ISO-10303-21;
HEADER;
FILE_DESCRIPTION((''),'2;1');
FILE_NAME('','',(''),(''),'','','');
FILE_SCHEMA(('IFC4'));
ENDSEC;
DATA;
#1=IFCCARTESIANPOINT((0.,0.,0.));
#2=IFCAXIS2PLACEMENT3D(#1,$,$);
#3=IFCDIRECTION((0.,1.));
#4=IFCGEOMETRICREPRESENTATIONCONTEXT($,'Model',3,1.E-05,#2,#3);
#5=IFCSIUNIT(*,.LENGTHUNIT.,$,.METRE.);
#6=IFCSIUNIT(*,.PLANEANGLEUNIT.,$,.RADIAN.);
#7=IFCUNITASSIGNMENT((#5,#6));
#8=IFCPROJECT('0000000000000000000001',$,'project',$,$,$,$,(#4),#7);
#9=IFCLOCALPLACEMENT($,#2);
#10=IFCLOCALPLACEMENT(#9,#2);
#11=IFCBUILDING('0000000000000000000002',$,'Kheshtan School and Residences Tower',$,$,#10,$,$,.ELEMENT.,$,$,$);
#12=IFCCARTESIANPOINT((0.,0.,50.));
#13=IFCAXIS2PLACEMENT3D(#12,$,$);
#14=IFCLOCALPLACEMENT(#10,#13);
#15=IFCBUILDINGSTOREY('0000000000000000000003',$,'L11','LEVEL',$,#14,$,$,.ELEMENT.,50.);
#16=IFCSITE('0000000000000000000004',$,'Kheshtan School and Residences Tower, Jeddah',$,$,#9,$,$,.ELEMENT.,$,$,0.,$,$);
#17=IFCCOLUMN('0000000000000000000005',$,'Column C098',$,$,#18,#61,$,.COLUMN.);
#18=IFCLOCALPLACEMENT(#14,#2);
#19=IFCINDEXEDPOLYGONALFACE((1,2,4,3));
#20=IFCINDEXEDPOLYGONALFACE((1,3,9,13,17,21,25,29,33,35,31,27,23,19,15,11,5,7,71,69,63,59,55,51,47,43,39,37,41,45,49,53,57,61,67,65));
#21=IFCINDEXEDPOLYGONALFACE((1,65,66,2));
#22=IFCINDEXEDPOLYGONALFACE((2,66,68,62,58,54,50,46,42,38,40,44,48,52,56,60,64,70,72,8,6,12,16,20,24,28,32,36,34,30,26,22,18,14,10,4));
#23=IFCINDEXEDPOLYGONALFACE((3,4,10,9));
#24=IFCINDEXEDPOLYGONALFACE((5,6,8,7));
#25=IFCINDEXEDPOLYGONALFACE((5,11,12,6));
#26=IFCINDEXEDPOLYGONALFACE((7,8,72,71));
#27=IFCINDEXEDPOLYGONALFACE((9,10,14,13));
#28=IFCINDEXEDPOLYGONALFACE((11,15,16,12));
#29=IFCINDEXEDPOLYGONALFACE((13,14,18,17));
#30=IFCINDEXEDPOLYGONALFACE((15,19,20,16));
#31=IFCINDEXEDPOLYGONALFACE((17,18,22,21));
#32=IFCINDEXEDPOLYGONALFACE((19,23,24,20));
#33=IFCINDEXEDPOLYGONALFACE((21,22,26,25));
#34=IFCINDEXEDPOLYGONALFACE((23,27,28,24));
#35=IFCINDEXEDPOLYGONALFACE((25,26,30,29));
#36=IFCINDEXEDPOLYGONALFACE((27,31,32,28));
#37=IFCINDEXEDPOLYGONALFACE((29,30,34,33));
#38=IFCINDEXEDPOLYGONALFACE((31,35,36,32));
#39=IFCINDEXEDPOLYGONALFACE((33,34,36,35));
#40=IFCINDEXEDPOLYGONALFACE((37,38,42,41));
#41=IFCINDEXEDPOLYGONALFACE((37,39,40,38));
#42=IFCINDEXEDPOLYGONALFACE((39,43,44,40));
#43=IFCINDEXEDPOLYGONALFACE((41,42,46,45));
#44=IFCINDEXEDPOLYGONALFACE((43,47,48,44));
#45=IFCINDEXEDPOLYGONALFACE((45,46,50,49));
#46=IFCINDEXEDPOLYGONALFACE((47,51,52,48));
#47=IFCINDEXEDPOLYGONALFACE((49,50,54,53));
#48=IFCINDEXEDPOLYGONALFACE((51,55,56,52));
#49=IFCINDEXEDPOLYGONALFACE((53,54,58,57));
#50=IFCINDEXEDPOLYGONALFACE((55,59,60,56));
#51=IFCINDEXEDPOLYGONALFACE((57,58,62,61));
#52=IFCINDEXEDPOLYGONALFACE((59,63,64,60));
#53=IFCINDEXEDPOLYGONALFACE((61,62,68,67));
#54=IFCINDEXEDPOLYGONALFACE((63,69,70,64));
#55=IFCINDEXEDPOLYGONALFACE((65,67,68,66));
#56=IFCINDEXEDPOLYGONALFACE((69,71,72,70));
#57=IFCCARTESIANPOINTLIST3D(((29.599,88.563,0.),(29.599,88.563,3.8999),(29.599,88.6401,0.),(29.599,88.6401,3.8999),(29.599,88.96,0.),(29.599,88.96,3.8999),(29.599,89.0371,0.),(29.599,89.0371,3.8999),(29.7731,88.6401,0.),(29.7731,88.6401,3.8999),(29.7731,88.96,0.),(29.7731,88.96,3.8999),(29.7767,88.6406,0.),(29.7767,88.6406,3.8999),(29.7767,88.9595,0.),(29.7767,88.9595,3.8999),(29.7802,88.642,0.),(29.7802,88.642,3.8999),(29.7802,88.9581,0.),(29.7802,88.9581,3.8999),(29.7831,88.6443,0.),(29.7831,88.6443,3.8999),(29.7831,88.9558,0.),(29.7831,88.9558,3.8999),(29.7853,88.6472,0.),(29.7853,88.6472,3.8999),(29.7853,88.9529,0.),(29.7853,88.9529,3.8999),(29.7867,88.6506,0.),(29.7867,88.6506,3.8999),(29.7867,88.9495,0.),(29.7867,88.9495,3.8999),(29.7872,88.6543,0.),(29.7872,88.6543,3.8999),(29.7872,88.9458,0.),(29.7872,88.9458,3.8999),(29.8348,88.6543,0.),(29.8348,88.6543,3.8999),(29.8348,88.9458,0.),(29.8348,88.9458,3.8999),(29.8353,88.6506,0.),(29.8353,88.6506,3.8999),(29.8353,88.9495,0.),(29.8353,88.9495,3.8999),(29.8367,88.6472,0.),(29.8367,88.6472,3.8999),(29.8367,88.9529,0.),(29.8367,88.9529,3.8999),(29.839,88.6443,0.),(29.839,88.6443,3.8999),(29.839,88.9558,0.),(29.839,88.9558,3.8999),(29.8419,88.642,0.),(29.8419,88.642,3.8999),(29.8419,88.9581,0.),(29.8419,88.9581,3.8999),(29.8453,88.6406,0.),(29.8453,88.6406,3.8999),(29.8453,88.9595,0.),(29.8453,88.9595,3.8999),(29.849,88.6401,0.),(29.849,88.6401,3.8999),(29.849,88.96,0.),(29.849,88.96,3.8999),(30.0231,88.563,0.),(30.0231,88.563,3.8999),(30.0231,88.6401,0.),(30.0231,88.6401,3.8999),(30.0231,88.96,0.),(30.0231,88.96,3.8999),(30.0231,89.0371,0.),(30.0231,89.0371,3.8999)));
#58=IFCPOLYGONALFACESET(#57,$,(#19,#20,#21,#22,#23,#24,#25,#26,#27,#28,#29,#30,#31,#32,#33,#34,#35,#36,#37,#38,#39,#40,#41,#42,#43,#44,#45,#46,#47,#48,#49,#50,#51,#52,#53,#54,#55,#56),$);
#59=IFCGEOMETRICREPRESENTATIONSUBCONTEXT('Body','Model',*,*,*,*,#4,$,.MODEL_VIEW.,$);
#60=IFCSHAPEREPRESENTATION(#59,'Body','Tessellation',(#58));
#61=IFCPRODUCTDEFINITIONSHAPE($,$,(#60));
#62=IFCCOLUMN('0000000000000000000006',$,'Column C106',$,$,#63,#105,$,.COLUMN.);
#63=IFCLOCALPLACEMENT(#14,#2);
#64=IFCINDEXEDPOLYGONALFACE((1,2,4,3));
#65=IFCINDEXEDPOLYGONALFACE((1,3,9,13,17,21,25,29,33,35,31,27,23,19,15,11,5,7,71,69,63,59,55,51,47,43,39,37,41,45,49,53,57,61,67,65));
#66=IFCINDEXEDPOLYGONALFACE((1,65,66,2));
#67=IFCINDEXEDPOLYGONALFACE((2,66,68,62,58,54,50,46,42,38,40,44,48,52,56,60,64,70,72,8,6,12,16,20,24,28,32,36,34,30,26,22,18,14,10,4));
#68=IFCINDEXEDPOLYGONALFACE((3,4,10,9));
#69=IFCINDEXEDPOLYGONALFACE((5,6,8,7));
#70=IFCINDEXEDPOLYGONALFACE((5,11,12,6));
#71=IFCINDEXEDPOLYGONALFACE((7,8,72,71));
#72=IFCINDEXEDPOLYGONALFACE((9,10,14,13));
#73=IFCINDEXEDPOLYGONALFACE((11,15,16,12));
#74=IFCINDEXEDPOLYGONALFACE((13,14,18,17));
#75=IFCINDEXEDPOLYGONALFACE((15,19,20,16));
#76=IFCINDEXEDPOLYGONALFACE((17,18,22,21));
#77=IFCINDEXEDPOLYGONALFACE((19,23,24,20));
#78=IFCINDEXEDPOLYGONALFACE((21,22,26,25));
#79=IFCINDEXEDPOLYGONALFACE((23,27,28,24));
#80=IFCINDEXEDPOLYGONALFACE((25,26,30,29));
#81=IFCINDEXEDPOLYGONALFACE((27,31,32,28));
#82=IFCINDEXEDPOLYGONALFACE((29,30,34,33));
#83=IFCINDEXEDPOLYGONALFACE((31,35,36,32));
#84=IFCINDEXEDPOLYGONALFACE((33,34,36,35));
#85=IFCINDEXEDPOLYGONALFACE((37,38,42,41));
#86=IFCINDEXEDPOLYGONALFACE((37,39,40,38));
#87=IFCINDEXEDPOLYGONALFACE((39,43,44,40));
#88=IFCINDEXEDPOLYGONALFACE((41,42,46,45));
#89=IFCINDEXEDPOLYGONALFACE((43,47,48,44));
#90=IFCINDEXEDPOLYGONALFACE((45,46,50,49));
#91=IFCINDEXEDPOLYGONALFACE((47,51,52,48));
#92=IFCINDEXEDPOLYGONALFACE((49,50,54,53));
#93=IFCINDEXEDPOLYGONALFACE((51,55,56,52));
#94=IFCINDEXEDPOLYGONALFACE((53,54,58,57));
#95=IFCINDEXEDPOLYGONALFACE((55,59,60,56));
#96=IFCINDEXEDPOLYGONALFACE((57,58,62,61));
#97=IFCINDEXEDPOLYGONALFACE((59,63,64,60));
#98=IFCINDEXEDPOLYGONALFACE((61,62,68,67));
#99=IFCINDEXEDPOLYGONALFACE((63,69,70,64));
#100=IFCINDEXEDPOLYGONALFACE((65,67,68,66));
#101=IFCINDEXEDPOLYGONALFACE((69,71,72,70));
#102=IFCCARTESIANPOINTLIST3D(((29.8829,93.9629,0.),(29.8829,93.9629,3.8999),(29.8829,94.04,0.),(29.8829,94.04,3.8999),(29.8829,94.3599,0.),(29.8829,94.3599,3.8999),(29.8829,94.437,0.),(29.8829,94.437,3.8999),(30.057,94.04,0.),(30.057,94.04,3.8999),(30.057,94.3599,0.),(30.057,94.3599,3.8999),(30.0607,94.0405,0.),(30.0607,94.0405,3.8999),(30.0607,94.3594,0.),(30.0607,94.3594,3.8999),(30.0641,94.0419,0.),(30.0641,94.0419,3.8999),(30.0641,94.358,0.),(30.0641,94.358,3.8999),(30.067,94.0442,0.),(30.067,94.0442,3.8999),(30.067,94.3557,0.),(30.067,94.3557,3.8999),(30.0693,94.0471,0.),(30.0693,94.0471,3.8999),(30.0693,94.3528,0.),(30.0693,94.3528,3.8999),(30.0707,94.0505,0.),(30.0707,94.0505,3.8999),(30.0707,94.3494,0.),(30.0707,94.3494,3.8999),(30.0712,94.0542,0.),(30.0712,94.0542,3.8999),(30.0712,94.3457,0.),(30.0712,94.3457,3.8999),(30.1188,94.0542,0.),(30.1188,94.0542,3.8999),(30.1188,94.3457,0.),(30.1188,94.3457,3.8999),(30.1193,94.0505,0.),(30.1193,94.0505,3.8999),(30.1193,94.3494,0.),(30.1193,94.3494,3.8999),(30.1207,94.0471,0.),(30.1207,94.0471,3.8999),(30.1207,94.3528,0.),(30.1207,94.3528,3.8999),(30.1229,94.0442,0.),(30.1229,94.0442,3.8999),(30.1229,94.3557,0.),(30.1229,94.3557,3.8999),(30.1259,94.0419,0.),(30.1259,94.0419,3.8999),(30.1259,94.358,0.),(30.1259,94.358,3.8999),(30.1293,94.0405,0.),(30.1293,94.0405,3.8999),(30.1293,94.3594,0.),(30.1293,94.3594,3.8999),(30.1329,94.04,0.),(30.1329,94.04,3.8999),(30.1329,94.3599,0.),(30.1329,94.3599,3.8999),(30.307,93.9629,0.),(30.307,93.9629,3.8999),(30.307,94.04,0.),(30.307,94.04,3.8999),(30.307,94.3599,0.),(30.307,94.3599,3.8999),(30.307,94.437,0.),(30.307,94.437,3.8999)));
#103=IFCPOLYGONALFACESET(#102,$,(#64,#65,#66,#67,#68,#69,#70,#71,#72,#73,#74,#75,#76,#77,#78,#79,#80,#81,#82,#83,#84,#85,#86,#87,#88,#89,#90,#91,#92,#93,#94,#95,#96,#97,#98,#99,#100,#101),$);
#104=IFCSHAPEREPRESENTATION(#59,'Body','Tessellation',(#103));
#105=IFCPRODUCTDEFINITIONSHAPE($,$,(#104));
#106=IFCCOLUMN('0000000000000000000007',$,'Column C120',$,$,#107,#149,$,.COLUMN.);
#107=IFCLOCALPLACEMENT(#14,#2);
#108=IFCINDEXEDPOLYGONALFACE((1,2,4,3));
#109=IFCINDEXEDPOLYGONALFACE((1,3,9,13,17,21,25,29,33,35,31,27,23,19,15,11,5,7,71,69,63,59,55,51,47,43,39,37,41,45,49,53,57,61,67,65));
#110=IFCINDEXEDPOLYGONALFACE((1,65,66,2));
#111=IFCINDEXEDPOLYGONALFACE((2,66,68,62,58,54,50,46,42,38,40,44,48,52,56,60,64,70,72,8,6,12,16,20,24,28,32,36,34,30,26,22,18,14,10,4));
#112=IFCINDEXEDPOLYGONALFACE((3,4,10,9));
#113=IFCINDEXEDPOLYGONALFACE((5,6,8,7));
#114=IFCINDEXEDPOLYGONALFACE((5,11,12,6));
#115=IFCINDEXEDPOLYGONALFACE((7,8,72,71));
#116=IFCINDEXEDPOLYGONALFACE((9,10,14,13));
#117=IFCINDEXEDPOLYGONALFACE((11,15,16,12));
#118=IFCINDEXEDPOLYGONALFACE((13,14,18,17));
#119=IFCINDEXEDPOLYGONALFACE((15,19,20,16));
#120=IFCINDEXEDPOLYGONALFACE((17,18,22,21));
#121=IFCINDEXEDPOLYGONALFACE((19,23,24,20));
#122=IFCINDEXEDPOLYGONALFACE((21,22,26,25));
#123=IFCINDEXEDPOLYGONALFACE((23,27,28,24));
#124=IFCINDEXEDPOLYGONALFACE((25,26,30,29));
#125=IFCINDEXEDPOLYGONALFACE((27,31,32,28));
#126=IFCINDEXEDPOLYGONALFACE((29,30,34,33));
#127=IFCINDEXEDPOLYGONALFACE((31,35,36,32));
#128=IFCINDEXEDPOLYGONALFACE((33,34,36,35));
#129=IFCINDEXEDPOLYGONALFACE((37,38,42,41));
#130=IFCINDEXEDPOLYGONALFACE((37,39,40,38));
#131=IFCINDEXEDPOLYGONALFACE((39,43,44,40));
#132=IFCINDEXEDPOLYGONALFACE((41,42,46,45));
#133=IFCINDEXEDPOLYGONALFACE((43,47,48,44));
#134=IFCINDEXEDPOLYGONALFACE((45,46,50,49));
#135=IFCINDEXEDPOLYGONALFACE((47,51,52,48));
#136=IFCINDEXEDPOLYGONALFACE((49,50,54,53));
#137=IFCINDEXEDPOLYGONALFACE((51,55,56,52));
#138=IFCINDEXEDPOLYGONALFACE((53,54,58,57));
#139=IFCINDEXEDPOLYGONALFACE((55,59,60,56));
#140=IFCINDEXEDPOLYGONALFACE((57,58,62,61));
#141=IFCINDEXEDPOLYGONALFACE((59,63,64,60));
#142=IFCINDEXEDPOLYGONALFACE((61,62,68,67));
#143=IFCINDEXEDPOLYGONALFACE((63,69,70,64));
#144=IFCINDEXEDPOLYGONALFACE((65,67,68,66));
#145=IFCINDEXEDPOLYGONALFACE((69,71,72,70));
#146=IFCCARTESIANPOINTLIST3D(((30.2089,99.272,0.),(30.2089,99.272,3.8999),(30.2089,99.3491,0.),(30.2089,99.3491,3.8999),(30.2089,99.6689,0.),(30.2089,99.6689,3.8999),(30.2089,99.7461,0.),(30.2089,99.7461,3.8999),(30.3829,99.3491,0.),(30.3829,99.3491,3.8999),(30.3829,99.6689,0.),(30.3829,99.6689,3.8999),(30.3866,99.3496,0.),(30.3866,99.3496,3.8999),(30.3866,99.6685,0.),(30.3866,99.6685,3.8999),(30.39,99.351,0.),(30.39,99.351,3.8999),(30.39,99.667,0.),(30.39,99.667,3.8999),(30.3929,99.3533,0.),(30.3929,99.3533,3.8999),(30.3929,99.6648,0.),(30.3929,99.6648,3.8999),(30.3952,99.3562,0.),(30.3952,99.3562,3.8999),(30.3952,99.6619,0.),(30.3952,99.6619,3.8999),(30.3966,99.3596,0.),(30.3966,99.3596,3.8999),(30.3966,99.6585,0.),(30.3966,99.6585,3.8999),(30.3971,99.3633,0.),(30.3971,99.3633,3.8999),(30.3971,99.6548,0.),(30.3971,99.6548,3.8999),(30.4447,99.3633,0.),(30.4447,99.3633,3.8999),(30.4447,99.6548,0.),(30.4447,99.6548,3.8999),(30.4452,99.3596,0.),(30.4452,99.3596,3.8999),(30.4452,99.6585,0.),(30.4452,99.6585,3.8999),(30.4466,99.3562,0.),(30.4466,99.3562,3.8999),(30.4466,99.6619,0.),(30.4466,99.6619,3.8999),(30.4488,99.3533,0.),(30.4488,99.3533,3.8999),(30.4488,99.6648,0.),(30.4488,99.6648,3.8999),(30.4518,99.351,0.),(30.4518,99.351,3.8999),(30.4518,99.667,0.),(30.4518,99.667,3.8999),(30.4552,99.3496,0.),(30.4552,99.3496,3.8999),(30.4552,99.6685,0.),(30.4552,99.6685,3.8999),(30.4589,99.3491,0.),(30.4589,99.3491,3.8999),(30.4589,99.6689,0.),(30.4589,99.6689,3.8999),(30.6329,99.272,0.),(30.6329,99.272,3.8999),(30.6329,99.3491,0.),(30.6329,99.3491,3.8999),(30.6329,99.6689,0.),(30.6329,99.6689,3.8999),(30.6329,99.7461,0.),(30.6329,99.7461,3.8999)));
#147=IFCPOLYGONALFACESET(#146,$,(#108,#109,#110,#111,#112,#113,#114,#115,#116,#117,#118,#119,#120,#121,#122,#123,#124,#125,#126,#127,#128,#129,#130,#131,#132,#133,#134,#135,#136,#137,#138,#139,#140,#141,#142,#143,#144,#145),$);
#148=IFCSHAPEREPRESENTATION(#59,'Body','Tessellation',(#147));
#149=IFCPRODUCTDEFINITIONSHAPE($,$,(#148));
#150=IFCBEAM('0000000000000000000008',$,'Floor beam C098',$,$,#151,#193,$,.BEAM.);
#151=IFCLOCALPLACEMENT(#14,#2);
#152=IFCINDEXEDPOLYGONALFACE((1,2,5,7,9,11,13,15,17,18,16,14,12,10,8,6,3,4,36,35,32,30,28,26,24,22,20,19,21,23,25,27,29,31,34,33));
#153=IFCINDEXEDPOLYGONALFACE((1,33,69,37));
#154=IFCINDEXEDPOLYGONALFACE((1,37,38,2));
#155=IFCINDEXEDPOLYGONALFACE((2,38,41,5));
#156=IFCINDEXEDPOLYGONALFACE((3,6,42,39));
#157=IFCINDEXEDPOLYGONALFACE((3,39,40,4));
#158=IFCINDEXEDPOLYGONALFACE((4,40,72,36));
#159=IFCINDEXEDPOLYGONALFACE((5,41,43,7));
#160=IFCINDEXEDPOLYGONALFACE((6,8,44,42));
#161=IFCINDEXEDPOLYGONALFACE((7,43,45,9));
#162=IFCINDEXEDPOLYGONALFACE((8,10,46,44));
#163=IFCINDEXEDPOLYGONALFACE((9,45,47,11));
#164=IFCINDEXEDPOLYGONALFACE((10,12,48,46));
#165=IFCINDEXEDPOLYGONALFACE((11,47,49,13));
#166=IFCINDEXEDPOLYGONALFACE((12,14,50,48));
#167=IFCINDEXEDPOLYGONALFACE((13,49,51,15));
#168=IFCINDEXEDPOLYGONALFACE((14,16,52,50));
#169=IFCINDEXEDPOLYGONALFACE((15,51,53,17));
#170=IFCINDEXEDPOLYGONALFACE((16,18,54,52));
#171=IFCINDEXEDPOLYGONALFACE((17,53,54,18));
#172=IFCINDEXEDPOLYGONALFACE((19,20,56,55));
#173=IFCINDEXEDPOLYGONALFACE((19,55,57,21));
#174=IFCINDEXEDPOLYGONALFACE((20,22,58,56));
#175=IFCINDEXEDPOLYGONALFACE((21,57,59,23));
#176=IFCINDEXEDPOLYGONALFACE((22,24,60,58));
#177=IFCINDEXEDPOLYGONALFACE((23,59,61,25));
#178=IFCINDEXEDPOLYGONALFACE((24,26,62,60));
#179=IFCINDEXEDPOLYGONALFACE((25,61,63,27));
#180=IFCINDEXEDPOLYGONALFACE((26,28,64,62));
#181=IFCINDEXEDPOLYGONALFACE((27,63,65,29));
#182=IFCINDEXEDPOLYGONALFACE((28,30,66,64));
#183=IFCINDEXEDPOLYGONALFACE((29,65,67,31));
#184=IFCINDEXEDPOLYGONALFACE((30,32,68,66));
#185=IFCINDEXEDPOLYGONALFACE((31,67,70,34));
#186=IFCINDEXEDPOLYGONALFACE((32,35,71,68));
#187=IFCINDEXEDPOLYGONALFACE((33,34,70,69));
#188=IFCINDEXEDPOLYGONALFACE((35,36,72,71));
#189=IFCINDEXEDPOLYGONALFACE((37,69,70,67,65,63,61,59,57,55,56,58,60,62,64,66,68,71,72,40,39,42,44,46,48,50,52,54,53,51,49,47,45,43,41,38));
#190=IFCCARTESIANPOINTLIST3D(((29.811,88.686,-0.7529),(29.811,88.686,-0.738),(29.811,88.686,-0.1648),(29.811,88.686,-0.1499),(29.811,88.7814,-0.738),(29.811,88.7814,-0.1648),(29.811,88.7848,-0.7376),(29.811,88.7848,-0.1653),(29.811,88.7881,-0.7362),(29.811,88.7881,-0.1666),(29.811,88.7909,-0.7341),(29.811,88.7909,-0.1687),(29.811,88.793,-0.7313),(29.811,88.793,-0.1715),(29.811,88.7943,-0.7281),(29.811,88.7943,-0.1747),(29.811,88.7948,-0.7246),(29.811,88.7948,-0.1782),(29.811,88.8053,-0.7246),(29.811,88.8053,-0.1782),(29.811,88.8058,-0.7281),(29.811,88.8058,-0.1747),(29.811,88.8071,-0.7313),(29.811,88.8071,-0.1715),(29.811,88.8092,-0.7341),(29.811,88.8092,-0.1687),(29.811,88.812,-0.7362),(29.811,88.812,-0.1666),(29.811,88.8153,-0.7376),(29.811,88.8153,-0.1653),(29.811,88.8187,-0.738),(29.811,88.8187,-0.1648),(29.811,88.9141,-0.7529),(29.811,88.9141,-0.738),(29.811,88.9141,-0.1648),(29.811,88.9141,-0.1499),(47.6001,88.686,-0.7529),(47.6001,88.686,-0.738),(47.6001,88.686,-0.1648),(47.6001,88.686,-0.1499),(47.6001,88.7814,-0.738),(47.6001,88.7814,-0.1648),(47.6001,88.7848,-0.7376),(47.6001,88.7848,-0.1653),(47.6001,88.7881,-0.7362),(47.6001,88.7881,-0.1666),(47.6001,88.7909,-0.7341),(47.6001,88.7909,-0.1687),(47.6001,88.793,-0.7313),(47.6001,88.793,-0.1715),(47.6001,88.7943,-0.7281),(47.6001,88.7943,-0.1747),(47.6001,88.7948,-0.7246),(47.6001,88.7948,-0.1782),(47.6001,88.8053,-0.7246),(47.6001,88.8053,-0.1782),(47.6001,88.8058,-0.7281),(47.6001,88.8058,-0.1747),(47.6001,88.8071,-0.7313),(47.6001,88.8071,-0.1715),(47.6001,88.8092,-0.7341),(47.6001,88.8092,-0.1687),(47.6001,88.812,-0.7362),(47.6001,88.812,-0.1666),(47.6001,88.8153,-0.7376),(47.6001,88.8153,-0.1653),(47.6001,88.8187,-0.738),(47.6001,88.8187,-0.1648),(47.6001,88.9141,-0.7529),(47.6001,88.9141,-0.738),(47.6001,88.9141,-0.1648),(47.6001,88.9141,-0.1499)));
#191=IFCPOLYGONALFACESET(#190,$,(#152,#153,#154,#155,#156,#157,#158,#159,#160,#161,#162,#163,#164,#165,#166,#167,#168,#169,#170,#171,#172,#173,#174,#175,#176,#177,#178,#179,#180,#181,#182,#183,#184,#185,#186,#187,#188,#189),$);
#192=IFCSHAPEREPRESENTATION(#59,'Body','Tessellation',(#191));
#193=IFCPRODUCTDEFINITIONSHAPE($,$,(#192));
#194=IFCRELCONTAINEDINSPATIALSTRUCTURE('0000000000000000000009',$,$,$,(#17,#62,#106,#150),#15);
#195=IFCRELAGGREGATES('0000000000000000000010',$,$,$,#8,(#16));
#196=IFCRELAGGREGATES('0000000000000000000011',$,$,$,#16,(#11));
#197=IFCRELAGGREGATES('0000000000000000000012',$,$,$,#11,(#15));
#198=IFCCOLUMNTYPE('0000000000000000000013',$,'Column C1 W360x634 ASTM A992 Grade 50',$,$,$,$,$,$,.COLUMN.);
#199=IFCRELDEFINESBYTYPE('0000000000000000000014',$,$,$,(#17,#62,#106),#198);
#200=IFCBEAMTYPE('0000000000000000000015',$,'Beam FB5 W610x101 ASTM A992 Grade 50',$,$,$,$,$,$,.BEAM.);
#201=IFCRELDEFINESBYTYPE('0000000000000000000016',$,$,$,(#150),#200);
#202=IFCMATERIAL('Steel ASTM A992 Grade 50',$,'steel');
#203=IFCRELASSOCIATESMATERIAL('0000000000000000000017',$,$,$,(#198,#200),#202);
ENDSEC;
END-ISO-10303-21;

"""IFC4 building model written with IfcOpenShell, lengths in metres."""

from ifc_helpers import new_model, si_unit, direction, frame, origin, origin_2d, place, context, subcontext, project, spatial, i_section, extrude, material, material_profile, profile_set, type_object, element, save


model = new_model("IFC4")

# Units and contexts
model_context = context("Model", 3, precision=1e-05, world=origin(), true_north=direction((0.0, 1.0)))
body_context = subcontext(model_context, "Body", "Model", "MODEL_VIEW")
ifc_project = project(units=[si_unit("LENGTHUNIT", "METRE"), si_unit("PLANEANGLEUNIT", "RADIAN")], contexts=[model_context])

# Site, building, storey
site_placement = place(None, origin())
site = spatial("IfcSite", under=ifc_project, at=site_placement, Name="Kheshtan School and Residences Tower, Jeddah", CompositionType="ELEMENT", RefElevation=0.0)
building_placement = place(site_placement, origin())
building = spatial("IfcBuilding", under=site, at=building_placement, Name="Kheshtan School and Residences Tower", CompositionType="ELEMENT")
storey_placement = place(building_placement, frame((0.0, 0.0, 50.0)))
storey = spatial("IfcBuildingStorey", under=building, at=storey_placement, Name="L11", Description="LEVEL", CompositionType="ELEMENT", Elevation=50.0)

# Columns
ifc_material_1 = material(Name="Steel ASTM A992 Grade 50", Category="steel")
ifc_material_profile_1 = material_profile(ifc_material_1, i_section(OverallWidth=0.4241, OverallDepth=0.4741, WebThickness=0.0476, FlangeThickness=0.0771, FilletRadius=0.0142, at=origin_2d()), Name="W360x634")
ifc_profile_set_1 = profile_set([ifc_material_profile_1], Name="Steel ASTM A992 Grade 50")
column_type = type_object("IfcColumnType", Name="Column C1 W360x634 ASTM A992 Grade 50", PredefinedType="COLUMN", material=ifc_profile_set_1)
for number, where, z_axis, x_axis, name in (
    (1, (29.811, 88.8, 0.0), (0.0, 0.0, 1.0), (1.0, 0.0, 0.0), "Column C098"),
    (2, (30.095, 94.2, 0.0), (0.0, 0.0, 1.0), (1.0, 0.0, 0.0), "Column C106"),
    (3, (30.4209, 99.509, 0.0), (0.0, 0.0, 1.0), (1.0, 0.0, 0.0), "Column C120"),
):
    element("IfcColumn", number, at=place(storey_placement, frame(where, z_axis=z_axis, x_axis=x_axis)), inside=storey, type_object=column_type, Name=name, PredefinedType="COLUMN", context=body_context, shape_type="SweptSolid", body=[
        extrude(i_section(OverallWidth=0.4241, OverallDepth=0.4741, WebThickness=0.0476, FlangeThickness=0.0771, FilletRadius=0.0142, at=origin_2d()), origin(), (0.0, 0.0, 1.0), 3.8999),
    ])

# Beam
ifc_material_profile_2 = material_profile(ifc_material_1, i_section(OverallWidth=0.228, OverallDepth=0.603, WebThickness=0.0105, FlangeThickness=0.0149, FilletRadius=0.0134, at=origin_2d()), Name="W610x101")
ifc_profile_set_2 = profile_set([ifc_material_profile_2], Name="Steel ASTM A992 Grade 50")
beam_type_1 = type_object("IfcBeamType", Name="Beam FB5 W610x101 ASTM A992 Grade 50", PredefinedType="BEAM", material=ifc_profile_set_2)
beam_1_placement = place(storey_placement, frame((29.811, 88.8, -0.4514), z_axis=(1.0, 0.0, 0.0), x_axis=(0.0, 1.0, 0.0)))
element("IfcBeam", 4, at=beam_1_placement, inside=storey, type_object=beam_type_1, Name="Floor beam C098", PredefinedType="BEAM", context=body_context, shape_type="SweptSolid", body=[
    extrude(i_section(OverallWidth=0.228, OverallDepth=0.603, WebThickness=0.0105, FlangeThickness=0.0149, FilletRadius=0.0134, at=origin_2d()), origin(), (0.0, 0.0, 1.0), 17.7891),
])

save(model, "model.ifc")
